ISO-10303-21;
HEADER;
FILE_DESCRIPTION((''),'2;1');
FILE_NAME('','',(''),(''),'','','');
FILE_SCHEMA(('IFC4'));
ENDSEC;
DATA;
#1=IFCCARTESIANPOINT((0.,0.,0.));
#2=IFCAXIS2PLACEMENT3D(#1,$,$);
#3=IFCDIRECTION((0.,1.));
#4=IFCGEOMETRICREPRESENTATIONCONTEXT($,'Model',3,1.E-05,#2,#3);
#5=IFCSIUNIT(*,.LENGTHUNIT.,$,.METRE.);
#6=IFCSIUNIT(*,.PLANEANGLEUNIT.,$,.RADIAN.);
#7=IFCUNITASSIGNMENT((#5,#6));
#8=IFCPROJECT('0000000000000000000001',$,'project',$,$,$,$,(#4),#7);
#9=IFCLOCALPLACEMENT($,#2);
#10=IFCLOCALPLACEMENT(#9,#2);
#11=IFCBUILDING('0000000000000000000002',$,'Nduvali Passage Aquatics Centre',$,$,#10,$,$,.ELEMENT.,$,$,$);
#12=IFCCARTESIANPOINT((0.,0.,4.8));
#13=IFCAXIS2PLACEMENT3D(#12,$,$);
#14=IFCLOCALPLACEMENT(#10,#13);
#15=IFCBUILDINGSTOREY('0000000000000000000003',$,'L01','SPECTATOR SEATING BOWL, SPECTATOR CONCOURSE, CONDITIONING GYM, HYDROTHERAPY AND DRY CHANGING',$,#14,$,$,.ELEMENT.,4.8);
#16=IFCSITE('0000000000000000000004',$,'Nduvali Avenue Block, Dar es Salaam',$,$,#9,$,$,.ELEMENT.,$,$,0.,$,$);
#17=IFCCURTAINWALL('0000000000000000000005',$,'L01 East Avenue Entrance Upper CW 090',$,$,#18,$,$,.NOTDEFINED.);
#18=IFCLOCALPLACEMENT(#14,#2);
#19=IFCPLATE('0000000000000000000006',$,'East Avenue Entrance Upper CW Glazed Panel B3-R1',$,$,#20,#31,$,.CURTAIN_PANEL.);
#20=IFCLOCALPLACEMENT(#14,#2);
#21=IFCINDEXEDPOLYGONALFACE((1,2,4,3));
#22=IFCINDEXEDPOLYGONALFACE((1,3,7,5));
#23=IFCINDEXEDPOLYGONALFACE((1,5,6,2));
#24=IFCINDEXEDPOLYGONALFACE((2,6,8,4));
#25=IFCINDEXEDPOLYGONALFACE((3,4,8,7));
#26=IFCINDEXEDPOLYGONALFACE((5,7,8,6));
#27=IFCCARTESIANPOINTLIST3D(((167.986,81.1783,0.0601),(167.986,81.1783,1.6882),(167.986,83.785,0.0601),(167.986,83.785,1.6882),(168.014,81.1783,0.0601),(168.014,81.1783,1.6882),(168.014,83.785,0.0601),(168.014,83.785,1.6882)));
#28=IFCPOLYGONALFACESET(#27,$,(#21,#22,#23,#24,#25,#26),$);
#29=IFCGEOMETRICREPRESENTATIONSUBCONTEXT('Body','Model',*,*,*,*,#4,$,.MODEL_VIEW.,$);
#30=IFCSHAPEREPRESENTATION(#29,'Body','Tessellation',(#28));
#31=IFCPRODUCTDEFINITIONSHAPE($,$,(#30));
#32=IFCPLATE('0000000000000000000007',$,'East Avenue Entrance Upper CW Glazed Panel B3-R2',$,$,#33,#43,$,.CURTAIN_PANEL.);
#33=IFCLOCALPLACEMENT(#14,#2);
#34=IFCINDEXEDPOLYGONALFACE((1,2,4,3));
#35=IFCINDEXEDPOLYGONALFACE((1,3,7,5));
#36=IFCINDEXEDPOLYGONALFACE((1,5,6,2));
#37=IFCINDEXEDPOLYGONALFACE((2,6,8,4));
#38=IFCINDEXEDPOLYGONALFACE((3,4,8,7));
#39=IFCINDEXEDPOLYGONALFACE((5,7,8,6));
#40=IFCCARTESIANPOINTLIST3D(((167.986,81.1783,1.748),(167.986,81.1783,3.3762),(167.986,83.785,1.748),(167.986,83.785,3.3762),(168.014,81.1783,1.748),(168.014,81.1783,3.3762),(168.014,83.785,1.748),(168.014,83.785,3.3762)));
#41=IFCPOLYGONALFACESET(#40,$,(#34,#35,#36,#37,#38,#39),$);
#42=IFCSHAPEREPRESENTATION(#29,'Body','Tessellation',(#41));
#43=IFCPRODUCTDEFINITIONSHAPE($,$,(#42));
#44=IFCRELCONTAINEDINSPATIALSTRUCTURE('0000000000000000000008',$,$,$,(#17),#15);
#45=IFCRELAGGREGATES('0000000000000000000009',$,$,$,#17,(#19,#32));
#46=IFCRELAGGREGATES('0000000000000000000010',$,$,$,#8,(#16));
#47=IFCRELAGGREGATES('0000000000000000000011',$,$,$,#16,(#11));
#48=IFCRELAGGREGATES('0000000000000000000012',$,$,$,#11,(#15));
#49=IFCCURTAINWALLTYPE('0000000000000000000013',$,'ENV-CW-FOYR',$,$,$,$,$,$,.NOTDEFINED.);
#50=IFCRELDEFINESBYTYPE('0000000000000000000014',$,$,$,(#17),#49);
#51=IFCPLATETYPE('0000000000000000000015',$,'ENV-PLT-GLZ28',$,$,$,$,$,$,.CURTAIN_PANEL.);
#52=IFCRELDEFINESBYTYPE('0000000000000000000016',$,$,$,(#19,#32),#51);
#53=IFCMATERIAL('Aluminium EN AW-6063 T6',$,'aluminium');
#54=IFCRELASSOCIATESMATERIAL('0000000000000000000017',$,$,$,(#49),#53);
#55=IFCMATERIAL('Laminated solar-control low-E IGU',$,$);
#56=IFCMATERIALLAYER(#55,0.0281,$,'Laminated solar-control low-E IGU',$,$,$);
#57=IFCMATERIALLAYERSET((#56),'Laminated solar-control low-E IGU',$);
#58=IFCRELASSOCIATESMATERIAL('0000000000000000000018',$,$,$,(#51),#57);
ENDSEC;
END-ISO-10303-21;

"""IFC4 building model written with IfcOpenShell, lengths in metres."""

from ifc_helpers import new_model, si_unit, direction, frame, origin, origin_2d, place, context, subcontext, project, spatial, rectangle, extrude, material, layer, layer_set, type_object, element, aggregate, save


model = new_model("IFC4")

# Units and contexts
model_context = context("Model", 3, precision=1e-05, world=origin(), true_north=direction((0.0, 1.0)))
body_context = subcontext(model_context, "Body", "Model", "MODEL_VIEW")
ifc_project = project(units=[si_unit("LENGTHUNIT", "METRE"), si_unit("PLANEANGLEUNIT", "RADIAN")], contexts=[model_context])

# Site, building, storey
site_placement = place(None, origin())
site = spatial("IfcSite", under=ifc_project, at=site_placement, Name="Nduvali Avenue Block, Dar es Salaam", CompositionType="ELEMENT", RefElevation=0.0)
building_placement = place(site_placement, origin())
building = spatial("IfcBuilding", under=site, at=building_placement, Name="Nduvali Passage Aquatics Centre", CompositionType="ELEMENT")
storey_placement = place(building_placement, frame((0.0, 0.0, 4.8)))
storey = spatial("IfcBuildingStorey", under=building, at=storey_placement, Name="L01", Description="SPECTATOR SEATING BOWL, SPECTATOR CONCOURSE, CONDITIONING GYM, HYDROTHERAPY AND DRY CHANGING", CompositionType="ELEMENT", Elevation=4.8)

# Shared definitions
ifc_material_1 = material(Name="Aluminium EN AW-6063 T6", Category="aluminium")
curtain_wall_type = type_object("IfcCurtainWallType", Name="ENV-CW-FOYR", PredefinedType="NOTDEFINED", material=ifc_material_1)

# Curtain wall
curtain_wall_1_placement = place(storey_placement, origin())
curtain_wall_1 = element("IfcCurtainWall", 1, at=curtain_wall_1_placement, inside=storey, type_object=curtain_wall_type, Name="L01 East Avenue Entrance Upper CW 090", PredefinedType="NOTDEFINED")

# Plates
ifc_material_2 = material(Name="Laminated solar-control low-E IGU")
ifc_layer = layer(ifc_material_2, 0.0281, Name="Laminated solar-control low-E IGU")
ifc_layer_set = layer_set([ifc_layer], Name="Laminated solar-control low-E IGU")
plate_type = type_object("IfcPlateType", Name="ENV-PLT-GLZ28", PredefinedType="CURTAIN_PANEL", material=ifc_layer_set)
plate_1_placement = place(storey_placement, frame((168.0, 82.4817, 0.0601), z_axis=(0.0, 0.0, 1.0), x_axis=(0.0, 1.0, 0.0)))
plate_1 = element("IfcPlate", 2, at=plate_1_placement, type_object=plate_type, Name="East Avenue Entrance Upper CW Glazed Panel B3-R1", PredefinedType="CURTAIN_PANEL", context=body_context, shape_type="SweptSolid", body=[
    extrude(rectangle(XDim=2.6067, YDim=0.0281, at=origin_2d()), origin(), (0.0, 0.0, 1.0), 1.6282),
])
plate_2_placement = place(storey_placement, frame((168.0, 82.4817, 1.748), z_axis=(0.0, 0.0, 1.0), x_axis=(0.0, 1.0, 0.0)))
plate_2 = element("IfcPlate", 3, at=plate_2_placement, type_object=plate_type, Name="East Avenue Entrance Upper CW Glazed Panel B3-R2", PredefinedType="CURTAIN_PANEL", context=body_context, shape_type="SweptSolid", body=[
    extrude(rectangle(XDim=2.6067, YDim=0.0281, at=origin_2d()), origin(), (0.0, 0.0, 1.0), 1.6282),
])
aggregate(curtain_wall_1, [plate_1, plate_2])

save(model, "model.ifc")
